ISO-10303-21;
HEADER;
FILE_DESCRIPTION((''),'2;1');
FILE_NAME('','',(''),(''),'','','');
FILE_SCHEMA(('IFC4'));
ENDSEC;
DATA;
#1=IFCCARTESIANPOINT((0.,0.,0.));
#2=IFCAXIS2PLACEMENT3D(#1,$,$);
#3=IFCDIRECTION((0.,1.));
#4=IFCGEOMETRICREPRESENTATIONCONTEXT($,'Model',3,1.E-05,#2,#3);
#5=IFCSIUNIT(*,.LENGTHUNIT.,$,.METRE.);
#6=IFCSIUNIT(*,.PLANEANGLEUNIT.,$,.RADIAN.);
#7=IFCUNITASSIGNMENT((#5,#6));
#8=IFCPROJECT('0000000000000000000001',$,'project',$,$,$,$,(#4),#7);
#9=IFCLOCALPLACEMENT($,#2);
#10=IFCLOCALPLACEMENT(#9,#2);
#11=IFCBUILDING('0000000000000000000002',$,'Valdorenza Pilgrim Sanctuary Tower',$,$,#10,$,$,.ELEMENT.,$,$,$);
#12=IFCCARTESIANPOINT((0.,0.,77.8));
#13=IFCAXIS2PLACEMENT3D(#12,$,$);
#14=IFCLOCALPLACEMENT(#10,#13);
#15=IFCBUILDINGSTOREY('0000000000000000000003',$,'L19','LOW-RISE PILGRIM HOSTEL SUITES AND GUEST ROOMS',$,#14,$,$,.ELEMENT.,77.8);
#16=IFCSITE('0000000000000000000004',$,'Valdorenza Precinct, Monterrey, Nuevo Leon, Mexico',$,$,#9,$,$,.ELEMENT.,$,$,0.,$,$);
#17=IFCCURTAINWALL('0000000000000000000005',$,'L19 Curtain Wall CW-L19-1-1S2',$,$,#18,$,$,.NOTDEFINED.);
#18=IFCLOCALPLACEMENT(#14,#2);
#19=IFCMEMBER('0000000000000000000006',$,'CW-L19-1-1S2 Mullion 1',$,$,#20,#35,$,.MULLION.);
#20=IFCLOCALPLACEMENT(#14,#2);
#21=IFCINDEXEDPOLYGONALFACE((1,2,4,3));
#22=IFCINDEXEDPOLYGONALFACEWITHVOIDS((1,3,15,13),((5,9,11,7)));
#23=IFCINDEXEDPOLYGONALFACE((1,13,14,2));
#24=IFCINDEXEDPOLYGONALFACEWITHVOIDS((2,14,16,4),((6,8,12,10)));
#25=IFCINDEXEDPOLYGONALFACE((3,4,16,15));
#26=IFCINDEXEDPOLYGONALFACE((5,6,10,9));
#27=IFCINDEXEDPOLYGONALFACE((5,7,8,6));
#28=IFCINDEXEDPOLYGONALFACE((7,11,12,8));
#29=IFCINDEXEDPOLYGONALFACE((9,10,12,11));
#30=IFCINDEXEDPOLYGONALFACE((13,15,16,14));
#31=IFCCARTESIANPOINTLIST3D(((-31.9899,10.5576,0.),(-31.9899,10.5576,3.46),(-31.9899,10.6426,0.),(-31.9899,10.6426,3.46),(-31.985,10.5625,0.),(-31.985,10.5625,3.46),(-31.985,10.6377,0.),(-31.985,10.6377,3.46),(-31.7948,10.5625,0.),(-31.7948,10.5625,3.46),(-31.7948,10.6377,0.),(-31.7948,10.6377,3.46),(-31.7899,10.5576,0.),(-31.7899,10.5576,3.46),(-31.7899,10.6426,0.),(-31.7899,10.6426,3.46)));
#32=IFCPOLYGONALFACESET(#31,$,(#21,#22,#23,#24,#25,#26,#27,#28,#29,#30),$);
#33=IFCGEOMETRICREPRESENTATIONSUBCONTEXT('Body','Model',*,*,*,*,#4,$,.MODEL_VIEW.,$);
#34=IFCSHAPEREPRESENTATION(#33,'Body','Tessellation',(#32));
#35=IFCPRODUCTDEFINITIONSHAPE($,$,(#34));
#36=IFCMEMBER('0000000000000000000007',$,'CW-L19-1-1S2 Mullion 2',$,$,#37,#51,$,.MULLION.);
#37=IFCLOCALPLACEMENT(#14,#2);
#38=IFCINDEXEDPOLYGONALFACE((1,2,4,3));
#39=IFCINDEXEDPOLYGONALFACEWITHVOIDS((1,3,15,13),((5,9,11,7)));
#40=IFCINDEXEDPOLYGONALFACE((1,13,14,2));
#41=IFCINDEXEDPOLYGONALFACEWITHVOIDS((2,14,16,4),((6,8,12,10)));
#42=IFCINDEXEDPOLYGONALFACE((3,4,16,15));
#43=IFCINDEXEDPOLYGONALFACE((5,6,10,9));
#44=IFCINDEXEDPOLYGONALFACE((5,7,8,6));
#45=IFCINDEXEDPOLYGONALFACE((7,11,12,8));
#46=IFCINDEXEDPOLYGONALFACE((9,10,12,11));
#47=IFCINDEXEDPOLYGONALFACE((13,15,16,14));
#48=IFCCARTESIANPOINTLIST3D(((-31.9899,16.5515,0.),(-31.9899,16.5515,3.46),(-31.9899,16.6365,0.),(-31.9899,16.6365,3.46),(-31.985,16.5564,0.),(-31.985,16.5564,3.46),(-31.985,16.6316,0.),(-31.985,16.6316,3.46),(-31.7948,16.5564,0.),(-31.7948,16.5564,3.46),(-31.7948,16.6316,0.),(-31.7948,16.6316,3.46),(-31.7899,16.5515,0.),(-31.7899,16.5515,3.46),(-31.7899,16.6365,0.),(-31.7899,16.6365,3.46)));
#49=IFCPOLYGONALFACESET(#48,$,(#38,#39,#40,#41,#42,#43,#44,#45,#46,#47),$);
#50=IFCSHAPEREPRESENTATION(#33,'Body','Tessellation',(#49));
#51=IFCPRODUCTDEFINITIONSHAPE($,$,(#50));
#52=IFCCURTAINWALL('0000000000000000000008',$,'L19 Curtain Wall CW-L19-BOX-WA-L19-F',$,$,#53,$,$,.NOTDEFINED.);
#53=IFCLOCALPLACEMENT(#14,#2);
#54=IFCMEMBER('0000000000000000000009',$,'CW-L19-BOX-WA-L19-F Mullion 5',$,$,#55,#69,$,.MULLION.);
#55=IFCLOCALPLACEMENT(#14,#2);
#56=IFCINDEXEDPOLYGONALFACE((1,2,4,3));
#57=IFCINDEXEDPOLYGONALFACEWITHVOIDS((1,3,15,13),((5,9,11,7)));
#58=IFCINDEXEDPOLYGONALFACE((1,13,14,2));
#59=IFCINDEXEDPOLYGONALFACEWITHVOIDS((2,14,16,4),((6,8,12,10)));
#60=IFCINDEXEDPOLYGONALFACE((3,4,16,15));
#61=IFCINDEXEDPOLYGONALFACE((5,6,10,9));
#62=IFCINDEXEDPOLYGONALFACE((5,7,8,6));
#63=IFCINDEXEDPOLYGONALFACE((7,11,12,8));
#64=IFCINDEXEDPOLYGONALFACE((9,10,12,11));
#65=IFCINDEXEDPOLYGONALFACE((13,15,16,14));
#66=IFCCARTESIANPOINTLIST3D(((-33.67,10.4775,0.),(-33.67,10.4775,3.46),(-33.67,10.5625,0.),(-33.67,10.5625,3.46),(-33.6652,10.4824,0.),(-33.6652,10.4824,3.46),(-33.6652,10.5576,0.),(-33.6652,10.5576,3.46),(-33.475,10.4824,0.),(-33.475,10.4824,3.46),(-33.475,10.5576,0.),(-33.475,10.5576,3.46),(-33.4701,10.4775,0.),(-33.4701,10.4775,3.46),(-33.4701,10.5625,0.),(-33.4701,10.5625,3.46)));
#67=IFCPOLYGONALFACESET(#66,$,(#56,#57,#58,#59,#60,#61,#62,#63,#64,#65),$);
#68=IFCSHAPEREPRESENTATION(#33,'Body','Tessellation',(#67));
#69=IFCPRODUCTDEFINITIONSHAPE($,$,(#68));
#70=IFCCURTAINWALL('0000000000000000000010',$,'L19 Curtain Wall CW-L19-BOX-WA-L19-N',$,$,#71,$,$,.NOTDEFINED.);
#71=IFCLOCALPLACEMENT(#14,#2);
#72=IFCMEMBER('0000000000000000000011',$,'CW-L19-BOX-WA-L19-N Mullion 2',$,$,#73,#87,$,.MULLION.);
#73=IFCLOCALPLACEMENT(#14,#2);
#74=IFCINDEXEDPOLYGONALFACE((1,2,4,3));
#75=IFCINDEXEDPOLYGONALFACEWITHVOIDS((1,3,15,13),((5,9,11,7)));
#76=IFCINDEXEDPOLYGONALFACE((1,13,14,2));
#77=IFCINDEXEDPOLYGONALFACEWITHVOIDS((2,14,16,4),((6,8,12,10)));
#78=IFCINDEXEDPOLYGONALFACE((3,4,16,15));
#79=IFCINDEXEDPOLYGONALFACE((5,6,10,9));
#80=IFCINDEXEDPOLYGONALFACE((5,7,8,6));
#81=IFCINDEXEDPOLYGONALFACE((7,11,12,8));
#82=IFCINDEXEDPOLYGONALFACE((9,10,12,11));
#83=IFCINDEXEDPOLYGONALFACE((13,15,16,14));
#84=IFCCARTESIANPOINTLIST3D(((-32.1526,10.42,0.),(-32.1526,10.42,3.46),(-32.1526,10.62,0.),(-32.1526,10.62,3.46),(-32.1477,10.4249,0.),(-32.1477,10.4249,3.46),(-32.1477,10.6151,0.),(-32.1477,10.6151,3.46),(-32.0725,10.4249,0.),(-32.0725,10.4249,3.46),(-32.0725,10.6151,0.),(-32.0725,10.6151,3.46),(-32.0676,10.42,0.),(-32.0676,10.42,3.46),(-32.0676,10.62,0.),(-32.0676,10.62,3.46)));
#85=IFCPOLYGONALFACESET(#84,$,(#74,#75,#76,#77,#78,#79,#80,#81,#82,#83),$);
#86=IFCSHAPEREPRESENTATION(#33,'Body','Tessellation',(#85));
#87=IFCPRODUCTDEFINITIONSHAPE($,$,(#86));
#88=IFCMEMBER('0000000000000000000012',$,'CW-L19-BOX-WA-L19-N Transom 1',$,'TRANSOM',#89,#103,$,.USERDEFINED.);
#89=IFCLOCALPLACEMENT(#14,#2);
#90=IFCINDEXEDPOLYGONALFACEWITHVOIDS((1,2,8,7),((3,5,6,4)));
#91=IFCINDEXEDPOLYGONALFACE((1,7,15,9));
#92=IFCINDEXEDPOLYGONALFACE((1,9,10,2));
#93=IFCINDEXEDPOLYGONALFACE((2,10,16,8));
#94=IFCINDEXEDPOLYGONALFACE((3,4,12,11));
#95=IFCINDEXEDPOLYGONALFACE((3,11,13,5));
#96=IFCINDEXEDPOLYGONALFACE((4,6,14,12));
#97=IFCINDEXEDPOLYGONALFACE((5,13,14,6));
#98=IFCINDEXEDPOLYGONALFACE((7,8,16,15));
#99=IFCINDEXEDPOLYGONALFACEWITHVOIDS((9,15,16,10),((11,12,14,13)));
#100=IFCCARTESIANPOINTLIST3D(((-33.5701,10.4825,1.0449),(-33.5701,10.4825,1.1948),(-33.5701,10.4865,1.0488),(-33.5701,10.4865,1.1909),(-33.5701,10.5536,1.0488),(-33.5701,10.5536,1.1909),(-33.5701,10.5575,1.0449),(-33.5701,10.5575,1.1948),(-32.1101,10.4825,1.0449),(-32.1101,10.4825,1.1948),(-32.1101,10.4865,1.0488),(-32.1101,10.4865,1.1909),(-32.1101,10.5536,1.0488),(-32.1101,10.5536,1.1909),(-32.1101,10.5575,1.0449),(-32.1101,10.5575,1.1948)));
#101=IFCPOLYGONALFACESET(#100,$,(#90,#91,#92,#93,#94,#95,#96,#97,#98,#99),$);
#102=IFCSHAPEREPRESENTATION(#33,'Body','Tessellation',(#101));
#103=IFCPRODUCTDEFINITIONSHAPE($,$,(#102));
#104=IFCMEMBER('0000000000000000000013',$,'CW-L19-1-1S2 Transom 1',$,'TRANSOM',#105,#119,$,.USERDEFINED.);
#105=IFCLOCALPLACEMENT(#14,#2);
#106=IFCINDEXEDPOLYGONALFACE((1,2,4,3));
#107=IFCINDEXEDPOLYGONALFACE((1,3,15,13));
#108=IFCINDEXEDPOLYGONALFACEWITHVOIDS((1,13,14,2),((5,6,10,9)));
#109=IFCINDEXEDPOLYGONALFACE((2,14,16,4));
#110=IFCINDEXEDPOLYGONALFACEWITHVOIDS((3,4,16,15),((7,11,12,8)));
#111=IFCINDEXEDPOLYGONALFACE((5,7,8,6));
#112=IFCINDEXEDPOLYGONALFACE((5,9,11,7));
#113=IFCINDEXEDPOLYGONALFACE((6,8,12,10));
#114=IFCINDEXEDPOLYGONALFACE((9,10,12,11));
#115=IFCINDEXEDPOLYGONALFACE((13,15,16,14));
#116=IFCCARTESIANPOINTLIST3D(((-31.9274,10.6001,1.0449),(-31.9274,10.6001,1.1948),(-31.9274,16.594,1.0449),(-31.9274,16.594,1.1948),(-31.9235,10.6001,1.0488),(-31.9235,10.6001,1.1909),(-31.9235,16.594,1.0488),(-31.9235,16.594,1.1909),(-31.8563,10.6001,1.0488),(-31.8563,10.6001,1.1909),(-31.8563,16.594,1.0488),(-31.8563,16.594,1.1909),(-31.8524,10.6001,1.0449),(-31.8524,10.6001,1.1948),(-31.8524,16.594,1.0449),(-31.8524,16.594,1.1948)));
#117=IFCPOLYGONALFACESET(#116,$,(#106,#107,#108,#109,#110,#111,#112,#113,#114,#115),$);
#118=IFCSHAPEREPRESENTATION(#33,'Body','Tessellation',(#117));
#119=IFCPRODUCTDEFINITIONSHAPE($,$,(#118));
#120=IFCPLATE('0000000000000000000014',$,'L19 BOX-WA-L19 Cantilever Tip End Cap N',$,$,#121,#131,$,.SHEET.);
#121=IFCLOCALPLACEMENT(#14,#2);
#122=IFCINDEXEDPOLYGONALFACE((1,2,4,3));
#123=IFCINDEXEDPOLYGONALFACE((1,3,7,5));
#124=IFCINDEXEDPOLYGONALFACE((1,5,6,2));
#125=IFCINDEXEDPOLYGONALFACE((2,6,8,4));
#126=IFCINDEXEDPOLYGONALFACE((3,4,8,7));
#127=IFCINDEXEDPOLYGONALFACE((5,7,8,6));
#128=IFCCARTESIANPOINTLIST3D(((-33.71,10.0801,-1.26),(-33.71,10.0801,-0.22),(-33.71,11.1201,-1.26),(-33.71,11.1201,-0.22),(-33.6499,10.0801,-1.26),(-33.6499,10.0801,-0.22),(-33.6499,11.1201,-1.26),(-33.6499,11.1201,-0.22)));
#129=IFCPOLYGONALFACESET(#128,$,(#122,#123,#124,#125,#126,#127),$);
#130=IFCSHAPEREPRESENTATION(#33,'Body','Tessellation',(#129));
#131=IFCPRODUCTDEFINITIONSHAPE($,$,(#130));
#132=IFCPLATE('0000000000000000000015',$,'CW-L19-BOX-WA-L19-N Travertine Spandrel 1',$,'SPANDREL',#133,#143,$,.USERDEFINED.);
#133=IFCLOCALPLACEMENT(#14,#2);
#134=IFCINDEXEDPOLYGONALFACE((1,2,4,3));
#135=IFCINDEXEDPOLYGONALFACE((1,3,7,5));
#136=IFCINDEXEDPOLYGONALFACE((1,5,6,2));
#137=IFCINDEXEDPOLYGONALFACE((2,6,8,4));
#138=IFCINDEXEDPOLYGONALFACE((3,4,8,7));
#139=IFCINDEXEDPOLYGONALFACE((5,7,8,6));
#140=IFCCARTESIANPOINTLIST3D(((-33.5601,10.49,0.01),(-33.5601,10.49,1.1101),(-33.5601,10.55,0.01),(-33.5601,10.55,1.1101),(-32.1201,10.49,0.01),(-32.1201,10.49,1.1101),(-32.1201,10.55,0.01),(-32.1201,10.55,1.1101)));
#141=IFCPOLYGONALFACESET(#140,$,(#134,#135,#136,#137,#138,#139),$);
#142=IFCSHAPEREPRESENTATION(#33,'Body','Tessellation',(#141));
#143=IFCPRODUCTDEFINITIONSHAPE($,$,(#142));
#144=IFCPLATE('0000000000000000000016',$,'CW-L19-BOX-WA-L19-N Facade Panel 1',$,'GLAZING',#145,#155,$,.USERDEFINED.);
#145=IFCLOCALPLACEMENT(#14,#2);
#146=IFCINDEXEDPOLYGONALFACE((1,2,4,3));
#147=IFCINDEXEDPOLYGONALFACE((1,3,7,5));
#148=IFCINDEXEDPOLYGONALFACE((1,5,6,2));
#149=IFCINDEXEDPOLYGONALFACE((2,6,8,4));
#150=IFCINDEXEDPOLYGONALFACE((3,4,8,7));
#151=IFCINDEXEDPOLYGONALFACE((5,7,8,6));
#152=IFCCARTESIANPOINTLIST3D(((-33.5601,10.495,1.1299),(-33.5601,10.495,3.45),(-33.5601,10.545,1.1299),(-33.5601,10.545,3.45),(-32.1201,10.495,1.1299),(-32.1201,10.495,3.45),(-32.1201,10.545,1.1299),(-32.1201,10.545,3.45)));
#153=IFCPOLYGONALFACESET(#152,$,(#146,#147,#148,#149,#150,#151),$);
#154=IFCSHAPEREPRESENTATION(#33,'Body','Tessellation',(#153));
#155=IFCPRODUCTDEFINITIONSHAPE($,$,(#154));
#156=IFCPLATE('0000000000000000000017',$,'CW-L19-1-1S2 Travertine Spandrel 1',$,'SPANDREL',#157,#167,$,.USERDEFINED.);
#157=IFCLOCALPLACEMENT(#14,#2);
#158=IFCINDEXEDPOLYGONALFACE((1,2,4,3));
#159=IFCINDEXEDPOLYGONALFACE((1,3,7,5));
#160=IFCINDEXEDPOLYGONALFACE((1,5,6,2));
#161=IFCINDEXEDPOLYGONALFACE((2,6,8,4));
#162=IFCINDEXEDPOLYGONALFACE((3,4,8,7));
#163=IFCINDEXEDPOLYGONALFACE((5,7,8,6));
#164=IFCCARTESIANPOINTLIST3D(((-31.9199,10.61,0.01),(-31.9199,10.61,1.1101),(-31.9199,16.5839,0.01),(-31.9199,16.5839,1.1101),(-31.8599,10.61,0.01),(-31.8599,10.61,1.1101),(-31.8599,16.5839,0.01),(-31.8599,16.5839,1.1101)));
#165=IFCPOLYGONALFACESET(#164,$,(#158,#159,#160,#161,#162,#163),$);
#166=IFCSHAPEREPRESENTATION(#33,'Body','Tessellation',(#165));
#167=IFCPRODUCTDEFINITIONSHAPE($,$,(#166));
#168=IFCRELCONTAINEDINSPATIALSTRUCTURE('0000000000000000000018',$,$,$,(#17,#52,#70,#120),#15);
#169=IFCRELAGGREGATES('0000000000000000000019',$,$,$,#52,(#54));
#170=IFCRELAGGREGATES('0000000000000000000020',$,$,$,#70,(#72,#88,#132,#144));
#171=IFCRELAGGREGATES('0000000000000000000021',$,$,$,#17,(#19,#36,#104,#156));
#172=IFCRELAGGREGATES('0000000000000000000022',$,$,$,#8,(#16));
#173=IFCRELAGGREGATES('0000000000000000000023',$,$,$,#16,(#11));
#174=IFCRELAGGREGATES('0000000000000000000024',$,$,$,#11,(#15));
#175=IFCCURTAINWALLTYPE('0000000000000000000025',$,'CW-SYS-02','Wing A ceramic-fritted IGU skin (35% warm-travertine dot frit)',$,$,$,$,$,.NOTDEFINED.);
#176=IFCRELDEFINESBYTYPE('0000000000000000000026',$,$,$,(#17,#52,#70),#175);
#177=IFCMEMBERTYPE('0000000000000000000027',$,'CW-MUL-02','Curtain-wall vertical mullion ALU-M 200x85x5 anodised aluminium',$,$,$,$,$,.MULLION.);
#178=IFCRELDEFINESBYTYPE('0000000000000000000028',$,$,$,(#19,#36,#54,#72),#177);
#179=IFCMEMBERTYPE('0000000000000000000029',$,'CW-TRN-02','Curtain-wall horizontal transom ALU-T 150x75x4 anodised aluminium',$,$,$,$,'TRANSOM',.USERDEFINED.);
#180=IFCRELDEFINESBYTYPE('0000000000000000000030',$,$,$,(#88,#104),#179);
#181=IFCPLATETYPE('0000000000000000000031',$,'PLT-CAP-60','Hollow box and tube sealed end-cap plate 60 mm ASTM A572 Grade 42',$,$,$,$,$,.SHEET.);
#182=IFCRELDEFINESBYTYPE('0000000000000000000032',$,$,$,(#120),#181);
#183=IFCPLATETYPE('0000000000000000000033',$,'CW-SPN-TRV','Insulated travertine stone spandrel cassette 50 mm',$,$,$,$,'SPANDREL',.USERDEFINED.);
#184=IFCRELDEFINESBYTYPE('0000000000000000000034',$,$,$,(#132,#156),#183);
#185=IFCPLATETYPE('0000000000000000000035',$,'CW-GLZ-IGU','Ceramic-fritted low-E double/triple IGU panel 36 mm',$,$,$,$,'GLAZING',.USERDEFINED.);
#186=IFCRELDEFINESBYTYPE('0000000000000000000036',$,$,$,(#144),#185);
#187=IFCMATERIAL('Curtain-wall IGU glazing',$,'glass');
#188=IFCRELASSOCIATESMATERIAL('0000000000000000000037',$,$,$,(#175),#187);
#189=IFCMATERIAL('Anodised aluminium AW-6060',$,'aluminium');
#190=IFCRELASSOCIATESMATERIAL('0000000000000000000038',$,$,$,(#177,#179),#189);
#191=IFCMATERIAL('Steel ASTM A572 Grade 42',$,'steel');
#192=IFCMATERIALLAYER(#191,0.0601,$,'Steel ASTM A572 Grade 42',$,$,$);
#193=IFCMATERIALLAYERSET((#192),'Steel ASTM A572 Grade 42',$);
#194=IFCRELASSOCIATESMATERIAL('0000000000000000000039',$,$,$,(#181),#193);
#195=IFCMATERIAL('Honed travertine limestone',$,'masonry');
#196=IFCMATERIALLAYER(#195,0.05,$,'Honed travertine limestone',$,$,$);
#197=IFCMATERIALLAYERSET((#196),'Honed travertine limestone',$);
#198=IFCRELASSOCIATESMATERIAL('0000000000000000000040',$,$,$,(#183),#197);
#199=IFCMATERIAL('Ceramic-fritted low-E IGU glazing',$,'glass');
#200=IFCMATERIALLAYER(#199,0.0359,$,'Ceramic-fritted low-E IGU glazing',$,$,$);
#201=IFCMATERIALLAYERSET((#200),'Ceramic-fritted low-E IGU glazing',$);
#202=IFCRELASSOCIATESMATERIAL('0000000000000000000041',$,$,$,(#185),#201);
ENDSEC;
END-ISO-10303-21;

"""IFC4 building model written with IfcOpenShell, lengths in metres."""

from ifc_helpers import new_model, si_unit, direction, frame, origin, origin_2d, place, context, subcontext, project, spatial, rectangle, hollow_rectangle, extrude, source, transform, mapped, material, layer, layer_set, material_profile, profile_set, type_object, element, aggregate, save


model = new_model("IFC4")

# Units and contexts
model_context = context("Model", 3, precision=1e-05, world=origin(), true_north=direction((0.0, 1.0)))
body_context = subcontext(model_context, "Body", "Model", "MODEL_VIEW")
ifc_project = project(units=[si_unit("LENGTHUNIT", "METRE"), si_unit("PLANEANGLEUNIT", "RADIAN")], contexts=[model_context])

# Site, building, storey
site_placement = place(None, origin())
site = spatial("IfcSite", under=ifc_project, at=site_placement, Name="Valdorenza Precinct, Monterrey, Nuevo Leon, Mexico", CompositionType="ELEMENT", RefElevation=0.0)
building_placement = place(site_placement, origin())
building = spatial("IfcBuilding", under=site, at=building_placement, Name="Valdorenza Pilgrim Sanctuary Tower", CompositionType="ELEMENT")
storey_placement = place(building_placement, frame((0.0, 0.0, 77.8)))
storey = spatial("IfcBuildingStorey", under=building, at=storey_placement, Name="L19", Description="LOW-RISE PILGRIM HOSTEL SUITES AND GUEST ROOMS", CompositionType="ELEMENT", Elevation=77.8)

# Curtain wall, members
ifc_material_1 = material(Name="Curtain-wall IGU glazing", Category="glass")
curtain_wall_type = type_object("IfcCurtainWallType", Name="CW-SYS-02", Description="Wing A ceramic-fritted IGU skin (35% warm-travertine dot frit)", PredefinedType="NOTDEFINED", material=ifc_material_1)
curtain_wall_1_placement = place(storey_placement, origin())
curtain_wall_1 = element("IfcCurtainWall", 1, at=curtain_wall_1_placement, inside=storey, type_object=curtain_wall_type, Name="L19 Curtain Wall CW-L19-1-1S2", PredefinedType="NOTDEFINED")
ifc_material_2 = material(Name="Anodised aluminium AW-6060", Category="aluminium")
ifc_material_profile_1 = material_profile(ifc_material_2, hollow_rectangle(XDim=0.085, YDim=0.2, WallThickness=0.0049, at=origin_2d()), Name="ALU-M 200x85x5")
ifc_profile_set_1 = profile_set([ifc_material_profile_1], Name="Anodised aluminium AW-6060")
member_type_1 = type_object("IfcMemberType", Name="CW-MUL-02", Description="Curtain-wall vertical mullion ALU-M 200x85x5 anodised aluminium", PredefinedType="MULLION", material=ifc_profile_set_1)
shared_shape_1 = source(origin(), body_context, "Body", "SweptSolid", [
    extrude(hollow_rectangle(XDim=0.085, YDim=0.2, WallThickness=0.0049, at=origin_2d()), origin(), (0.0, 0.0, 1.0), 3.46),
])
member_1_placement = place(storey_placement, frame((-31.8899, 10.6001, 0.0), z_axis=(0.0, 0.0, 1.0), x_axis=(0.0, 1.0, 0.0)))
member_1 = element("IfcMember", 2, at=member_1_placement, type_object=member_type_1, Name="CW-L19-1-1S2 Mullion 1", PredefinedType="MULLION", context=body_context, shape_type="MappedRepresentation", body=[
    mapped(shared_shape_1, transform((0.0, 0.0, 0.0), x_axis=(1.0, 0.0, 0.0), y_axis=(0.0, 1.0, 0.0), z_axis=(0.0, 0.0, 1.0), scale=1.0)),
])
member_2_placement = place(storey_placement, frame((-31.8899, 16.594, 0.0), z_axis=(0.0, 0.0, 1.0), x_axis=(0.0, 1.0, 0.0)))
member_2 = element("IfcMember", 3, at=member_2_placement, type_object=member_type_1, Name="CW-L19-1-1S2 Mullion 2", PredefinedType="MULLION", context=body_context, shape_type="MappedRepresentation", body=[
    mapped(shared_shape_1, transform((0.0, 0.0, 0.0), x_axis=(1.0, 0.0, 0.0), y_axis=(0.0, 1.0, 0.0), z_axis=(0.0, 0.0, 1.0), scale=1.0)),
])

# Curtain wall, member
curtain_wall_2_placement = place(storey_placement, origin())
curtain_wall_2 = element("IfcCurtainWall", 4, at=curtain_wall_2_placement, inside=storey, type_object=curtain_wall_type, Name="L19 Curtain Wall CW-L19-BOX-WA-L19-F", PredefinedType="NOTDEFINED")
member_3_placement = place(storey_placement, frame((-33.5701, 10.52, 0.0), z_axis=(0.0, 0.0, 1.0), x_axis=(0.0, 1.0, 0.0)))
member_3 = element("IfcMember", 5, at=member_3_placement, type_object=member_type_1, Name="CW-L19-BOX-WA-L19-F Mullion 5", PredefinedType="MULLION", context=body_context, shape_type="MappedRepresentation", body=[
    mapped(shared_shape_1, transform((0.0, 0.0, 0.0), x_axis=(1.0, 0.0, 0.0), y_axis=(0.0, 1.0, 0.0), z_axis=(0.0, 0.0, 1.0), scale=1.0)),
])
aggregate(curtain_wall_2, [member_3])

# Curtain wall, members
curtain_wall_3_placement = place(storey_placement, origin())
curtain_wall_3 = element("IfcCurtainWall", 6, at=curtain_wall_3_placement, inside=storey, type_object=curtain_wall_type, Name="L19 Curtain Wall CW-L19-BOX-WA-L19-N", PredefinedType="NOTDEFINED")
member_4_placement = place(storey_placement, frame((-32.1101, 10.52, 0.0), z_axis=(0.0, 0.0, 1.0), x_axis=(1.0, 0.0, 0.0)))
member_4 = element("IfcMember", 7, at=member_4_placement, type_object=member_type_1, Name="CW-L19-BOX-WA-L19-N Mullion 2", PredefinedType="MULLION", context=body_context, shape_type="MappedRepresentation", body=[
    mapped(shared_shape_1, transform((0.0, 0.0, 0.0), x_axis=(1.0, 0.0, 0.0), y_axis=(0.0, 1.0, 0.0), z_axis=(0.0, 0.0, 1.0), scale=1.0)),
])
ifc_material_profile_2 = material_profile(ifc_material_2, hollow_rectangle(XDim=0.075, YDim=0.1499, WallThickness=0.0039, at=origin_2d()), Name="ALU-T 150x75x4")
ifc_profile_set_2 = profile_set([ifc_material_profile_2], Name="Anodised aluminium AW-6060")
member_type_2 = type_object("IfcMemberType", Name="CW-TRN-02", Description="Curtain-wall horizontal transom ALU-T 150x75x4 anodised aluminium", ElementType="TRANSOM", PredefinedType="USERDEFINED", material=ifc_profile_set_2)
shared_shape_2 = source(origin(), body_context, "Body", "SweptSolid", [
    extrude(hollow_rectangle(XDim=0.075, YDim=0.1499, WallThickness=0.0039, at=origin_2d()), origin(), (0.0, 0.0, 1.0), 1.46),
])
member_5_placement = place(storey_placement, frame((-33.5701, 10.52, 1.1199), z_axis=(1.0, 0.0, 0.0), x_axis=(0.0, 1.0, 0.0)))
member_5 = element("IfcMember", 8, at=member_5_placement, type_object=member_type_2, Name="CW-L19-BOX-WA-L19-N Transom 1", ObjectType="TRANSOM", PredefinedType="USERDEFINED", context=body_context, shape_type="MappedRepresentation", body=[
    mapped(shared_shape_2, transform((0.0, 0.0, 0.0), x_axis=(1.0, 0.0, 0.0), y_axis=(0.0, 1.0, 0.0), z_axis=(0.0, 0.0, 1.0), scale=1.0)),
])

# Member
shared_shape_3 = source(origin(), body_context, "Body", "SweptSolid", [
    extrude(hollow_rectangle(XDim=0.075, YDim=0.1499, WallThickness=0.0039, at=origin_2d()), origin(), (0.0, 0.0, 1.0), 5.9939),
])
member_6_placement = place(storey_placement, frame((-31.8899, 10.6001, 1.1199), z_axis=(0.0, 1.0, 0.0), x_axis=(-1.0, 0.0, 0.0)))
member_6 = element("IfcMember", 9, at=member_6_placement, type_object=member_type_2, Name="CW-L19-1-1S2 Transom 1", ObjectType="TRANSOM", PredefinedType="USERDEFINED", context=body_context, shape_type="MappedRepresentation", body=[
    mapped(shared_shape_3, transform((0.0, 0.0, 0.0), x_axis=(1.0, 0.0, 0.0), y_axis=(0.0, 1.0, 0.0), z_axis=(0.0, 0.0, 1.0), scale=1.0)),
])

# Plates
ifc_material_3 = material(Name="Steel ASTM A572 Grade 42", Category="steel")
ifc_layer_1 = layer(ifc_material_3, 0.0601, Name="Steel ASTM A572 Grade 42")
ifc_layer_set_1 = layer_set([ifc_layer_1], Name="Steel ASTM A572 Grade 42")
plate_type_1 = type_object("IfcPlateType", Name="PLT-CAP-60", Description="Hollow box and tube sealed end-cap plate 60 mm ASTM A572 Grade 42", PredefinedType="SHEET", material=ifc_layer_set_1)
shared_shape_4 = source(origin(), body_context, "Body", "SweptSolid", [
    extrude(rectangle(XDim=0.0601, YDim=1.04, at=origin_2d()), origin(), (0.0, 0.0, 1.0), 1.04),
])
plate_1_placement = place(storey_placement, frame((-33.6799, 10.6001, -1.26), z_axis=(0.0, 0.0, 1.0), x_axis=(1.0, 0.0, 0.0)))
element("IfcPlate", 10, at=plate_1_placement, inside=storey, type_object=plate_type_1, Name="L19 BOX-WA-L19 Cantilever Tip End Cap N", PredefinedType="SHEET", context=body_context, shape_type="MappedRepresentation", body=[
    mapped(shared_shape_4, transform((0.0, 0.0, 0.0), x_axis=(1.0, 0.0, 0.0), y_axis=(0.0, 1.0, 0.0), z_axis=(0.0, 0.0, 1.0), scale=1.0)),
])
ifc_material_4 = material(Name="Honed travertine limestone", Category="masonry")
ifc_layer_2 = layer(ifc_material_4, 0.05, Name="Honed travertine limestone")
ifc_layer_set_2 = layer_set([ifc_layer_2], Name="Honed travertine limestone")
plate_type_2 = type_object("IfcPlateType", Name="CW-SPN-TRV", Description="Insulated travertine stone spandrel cassette 50 mm", ElementType="SPANDREL", PredefinedType="USERDEFINED", material=ifc_layer_set_2)
shared_shape_5 = source(origin(), body_context, "Body", "SweptSolid", [
    extrude(rectangle(XDim=1.4399, YDim=0.0601, at=origin_2d()), origin(), (0.0, 0.0, 1.0), 1.1001),
])
plate_2_placement = place(storey_placement, frame((-32.8401, 10.52, 0.01), z_axis=(0.0, 0.0, 1.0), x_axis=(1.0, 0.0, 0.0)))
plate_2 = element("IfcPlate", 11, at=plate_2_placement, type_object=plate_type_2, Name="CW-L19-BOX-WA-L19-N Travertine Spandrel 1", ObjectType="SPANDREL", PredefinedType="USERDEFINED", context=body_context, shape_type="MappedRepresentation", body=[
    mapped(shared_shape_5, transform((0.0, 0.0, 0.0), x_axis=(1.0, 0.0, 0.0), y_axis=(0.0, 1.0, 0.0), z_axis=(0.0, 0.0, 1.0), scale=1.0)),
])
ifc_material_5 = material(Name="Ceramic-fritted low-E IGU glazing", Category="glass")
ifc_layer_3 = layer(ifc_material_5, 0.0359, Name="Ceramic-fritted low-E IGU glazing")
ifc_layer_set_3 = layer_set([ifc_layer_3], Name="Ceramic-fritted low-E IGU glazing")
plate_type_3 = type_object("IfcPlateType", Name="CW-GLZ-IGU", Description="Ceramic-fritted low-E double/triple IGU panel 36 mm", ElementType="GLAZING", PredefinedType="USERDEFINED", material=ifc_layer_set_3)
shared_shape_6 = source(origin(), body_context, "Body", "SweptSolid", [
    extrude(rectangle(XDim=1.4399, YDim=0.05, at=origin_2d()), origin(), (0.0, 0.0, 1.0), 2.3201),
])
plate_3_placement = place(storey_placement, frame((-32.8401, 10.52, 1.1299), z_axis=(0.0, 0.0, 1.0), x_axis=(1.0, 0.0, 0.0)))
plate_3 = element("IfcPlate", 12, at=plate_3_placement, type_object=plate_type_3, Name="CW-L19-BOX-WA-L19-N Facade Panel 1", ObjectType="GLAZING", PredefinedType="USERDEFINED", context=body_context, shape_type="MappedRepresentation", body=[
    mapped(shared_shape_6, transform((0.0, 0.0, 0.0), x_axis=(1.0, 0.0, 0.0), y_axis=(0.0, 1.0, 0.0), z_axis=(0.0, 0.0, 1.0), scale=1.0)),
])
aggregate(curtain_wall_3, [member_4, member_5, plate_2, plate_3])
shared_shape_7 = source(origin(), body_context, "Body", "SweptSolid", [
    extrude(rectangle(XDim=5.9739, YDim=0.0601, at=origin_2d()), origin(), (0.0, 0.0, 1.0), 1.1001),
])
plate_4_placement = place(storey_placement, frame((-31.8899, 13.5969, 0.01), z_axis=(0.0, 0.0, 1.0), x_axis=(0.0, 1.0, 0.0)))
plate_4 = element("IfcPlate", 13, at=plate_4_placement, type_object=plate_type_2, Name="CW-L19-1-1S2 Travertine Spandrel 1", ObjectType="SPANDREL", PredefinedType="USERDEFINED", context=body_context, shape_type="MappedRepresentation", body=[
    mapped(shared_shape_7, transform((0.0, 0.0, 0.0), x_axis=(1.0, 0.0, 0.0), y_axis=(0.0, 1.0, 0.0), z_axis=(0.0, 0.0, 1.0), scale=1.0)),
])
aggregate(curtain_wall_1, [member_1, member_2, member_6, plate_4])

save(model, "model.ifc")
